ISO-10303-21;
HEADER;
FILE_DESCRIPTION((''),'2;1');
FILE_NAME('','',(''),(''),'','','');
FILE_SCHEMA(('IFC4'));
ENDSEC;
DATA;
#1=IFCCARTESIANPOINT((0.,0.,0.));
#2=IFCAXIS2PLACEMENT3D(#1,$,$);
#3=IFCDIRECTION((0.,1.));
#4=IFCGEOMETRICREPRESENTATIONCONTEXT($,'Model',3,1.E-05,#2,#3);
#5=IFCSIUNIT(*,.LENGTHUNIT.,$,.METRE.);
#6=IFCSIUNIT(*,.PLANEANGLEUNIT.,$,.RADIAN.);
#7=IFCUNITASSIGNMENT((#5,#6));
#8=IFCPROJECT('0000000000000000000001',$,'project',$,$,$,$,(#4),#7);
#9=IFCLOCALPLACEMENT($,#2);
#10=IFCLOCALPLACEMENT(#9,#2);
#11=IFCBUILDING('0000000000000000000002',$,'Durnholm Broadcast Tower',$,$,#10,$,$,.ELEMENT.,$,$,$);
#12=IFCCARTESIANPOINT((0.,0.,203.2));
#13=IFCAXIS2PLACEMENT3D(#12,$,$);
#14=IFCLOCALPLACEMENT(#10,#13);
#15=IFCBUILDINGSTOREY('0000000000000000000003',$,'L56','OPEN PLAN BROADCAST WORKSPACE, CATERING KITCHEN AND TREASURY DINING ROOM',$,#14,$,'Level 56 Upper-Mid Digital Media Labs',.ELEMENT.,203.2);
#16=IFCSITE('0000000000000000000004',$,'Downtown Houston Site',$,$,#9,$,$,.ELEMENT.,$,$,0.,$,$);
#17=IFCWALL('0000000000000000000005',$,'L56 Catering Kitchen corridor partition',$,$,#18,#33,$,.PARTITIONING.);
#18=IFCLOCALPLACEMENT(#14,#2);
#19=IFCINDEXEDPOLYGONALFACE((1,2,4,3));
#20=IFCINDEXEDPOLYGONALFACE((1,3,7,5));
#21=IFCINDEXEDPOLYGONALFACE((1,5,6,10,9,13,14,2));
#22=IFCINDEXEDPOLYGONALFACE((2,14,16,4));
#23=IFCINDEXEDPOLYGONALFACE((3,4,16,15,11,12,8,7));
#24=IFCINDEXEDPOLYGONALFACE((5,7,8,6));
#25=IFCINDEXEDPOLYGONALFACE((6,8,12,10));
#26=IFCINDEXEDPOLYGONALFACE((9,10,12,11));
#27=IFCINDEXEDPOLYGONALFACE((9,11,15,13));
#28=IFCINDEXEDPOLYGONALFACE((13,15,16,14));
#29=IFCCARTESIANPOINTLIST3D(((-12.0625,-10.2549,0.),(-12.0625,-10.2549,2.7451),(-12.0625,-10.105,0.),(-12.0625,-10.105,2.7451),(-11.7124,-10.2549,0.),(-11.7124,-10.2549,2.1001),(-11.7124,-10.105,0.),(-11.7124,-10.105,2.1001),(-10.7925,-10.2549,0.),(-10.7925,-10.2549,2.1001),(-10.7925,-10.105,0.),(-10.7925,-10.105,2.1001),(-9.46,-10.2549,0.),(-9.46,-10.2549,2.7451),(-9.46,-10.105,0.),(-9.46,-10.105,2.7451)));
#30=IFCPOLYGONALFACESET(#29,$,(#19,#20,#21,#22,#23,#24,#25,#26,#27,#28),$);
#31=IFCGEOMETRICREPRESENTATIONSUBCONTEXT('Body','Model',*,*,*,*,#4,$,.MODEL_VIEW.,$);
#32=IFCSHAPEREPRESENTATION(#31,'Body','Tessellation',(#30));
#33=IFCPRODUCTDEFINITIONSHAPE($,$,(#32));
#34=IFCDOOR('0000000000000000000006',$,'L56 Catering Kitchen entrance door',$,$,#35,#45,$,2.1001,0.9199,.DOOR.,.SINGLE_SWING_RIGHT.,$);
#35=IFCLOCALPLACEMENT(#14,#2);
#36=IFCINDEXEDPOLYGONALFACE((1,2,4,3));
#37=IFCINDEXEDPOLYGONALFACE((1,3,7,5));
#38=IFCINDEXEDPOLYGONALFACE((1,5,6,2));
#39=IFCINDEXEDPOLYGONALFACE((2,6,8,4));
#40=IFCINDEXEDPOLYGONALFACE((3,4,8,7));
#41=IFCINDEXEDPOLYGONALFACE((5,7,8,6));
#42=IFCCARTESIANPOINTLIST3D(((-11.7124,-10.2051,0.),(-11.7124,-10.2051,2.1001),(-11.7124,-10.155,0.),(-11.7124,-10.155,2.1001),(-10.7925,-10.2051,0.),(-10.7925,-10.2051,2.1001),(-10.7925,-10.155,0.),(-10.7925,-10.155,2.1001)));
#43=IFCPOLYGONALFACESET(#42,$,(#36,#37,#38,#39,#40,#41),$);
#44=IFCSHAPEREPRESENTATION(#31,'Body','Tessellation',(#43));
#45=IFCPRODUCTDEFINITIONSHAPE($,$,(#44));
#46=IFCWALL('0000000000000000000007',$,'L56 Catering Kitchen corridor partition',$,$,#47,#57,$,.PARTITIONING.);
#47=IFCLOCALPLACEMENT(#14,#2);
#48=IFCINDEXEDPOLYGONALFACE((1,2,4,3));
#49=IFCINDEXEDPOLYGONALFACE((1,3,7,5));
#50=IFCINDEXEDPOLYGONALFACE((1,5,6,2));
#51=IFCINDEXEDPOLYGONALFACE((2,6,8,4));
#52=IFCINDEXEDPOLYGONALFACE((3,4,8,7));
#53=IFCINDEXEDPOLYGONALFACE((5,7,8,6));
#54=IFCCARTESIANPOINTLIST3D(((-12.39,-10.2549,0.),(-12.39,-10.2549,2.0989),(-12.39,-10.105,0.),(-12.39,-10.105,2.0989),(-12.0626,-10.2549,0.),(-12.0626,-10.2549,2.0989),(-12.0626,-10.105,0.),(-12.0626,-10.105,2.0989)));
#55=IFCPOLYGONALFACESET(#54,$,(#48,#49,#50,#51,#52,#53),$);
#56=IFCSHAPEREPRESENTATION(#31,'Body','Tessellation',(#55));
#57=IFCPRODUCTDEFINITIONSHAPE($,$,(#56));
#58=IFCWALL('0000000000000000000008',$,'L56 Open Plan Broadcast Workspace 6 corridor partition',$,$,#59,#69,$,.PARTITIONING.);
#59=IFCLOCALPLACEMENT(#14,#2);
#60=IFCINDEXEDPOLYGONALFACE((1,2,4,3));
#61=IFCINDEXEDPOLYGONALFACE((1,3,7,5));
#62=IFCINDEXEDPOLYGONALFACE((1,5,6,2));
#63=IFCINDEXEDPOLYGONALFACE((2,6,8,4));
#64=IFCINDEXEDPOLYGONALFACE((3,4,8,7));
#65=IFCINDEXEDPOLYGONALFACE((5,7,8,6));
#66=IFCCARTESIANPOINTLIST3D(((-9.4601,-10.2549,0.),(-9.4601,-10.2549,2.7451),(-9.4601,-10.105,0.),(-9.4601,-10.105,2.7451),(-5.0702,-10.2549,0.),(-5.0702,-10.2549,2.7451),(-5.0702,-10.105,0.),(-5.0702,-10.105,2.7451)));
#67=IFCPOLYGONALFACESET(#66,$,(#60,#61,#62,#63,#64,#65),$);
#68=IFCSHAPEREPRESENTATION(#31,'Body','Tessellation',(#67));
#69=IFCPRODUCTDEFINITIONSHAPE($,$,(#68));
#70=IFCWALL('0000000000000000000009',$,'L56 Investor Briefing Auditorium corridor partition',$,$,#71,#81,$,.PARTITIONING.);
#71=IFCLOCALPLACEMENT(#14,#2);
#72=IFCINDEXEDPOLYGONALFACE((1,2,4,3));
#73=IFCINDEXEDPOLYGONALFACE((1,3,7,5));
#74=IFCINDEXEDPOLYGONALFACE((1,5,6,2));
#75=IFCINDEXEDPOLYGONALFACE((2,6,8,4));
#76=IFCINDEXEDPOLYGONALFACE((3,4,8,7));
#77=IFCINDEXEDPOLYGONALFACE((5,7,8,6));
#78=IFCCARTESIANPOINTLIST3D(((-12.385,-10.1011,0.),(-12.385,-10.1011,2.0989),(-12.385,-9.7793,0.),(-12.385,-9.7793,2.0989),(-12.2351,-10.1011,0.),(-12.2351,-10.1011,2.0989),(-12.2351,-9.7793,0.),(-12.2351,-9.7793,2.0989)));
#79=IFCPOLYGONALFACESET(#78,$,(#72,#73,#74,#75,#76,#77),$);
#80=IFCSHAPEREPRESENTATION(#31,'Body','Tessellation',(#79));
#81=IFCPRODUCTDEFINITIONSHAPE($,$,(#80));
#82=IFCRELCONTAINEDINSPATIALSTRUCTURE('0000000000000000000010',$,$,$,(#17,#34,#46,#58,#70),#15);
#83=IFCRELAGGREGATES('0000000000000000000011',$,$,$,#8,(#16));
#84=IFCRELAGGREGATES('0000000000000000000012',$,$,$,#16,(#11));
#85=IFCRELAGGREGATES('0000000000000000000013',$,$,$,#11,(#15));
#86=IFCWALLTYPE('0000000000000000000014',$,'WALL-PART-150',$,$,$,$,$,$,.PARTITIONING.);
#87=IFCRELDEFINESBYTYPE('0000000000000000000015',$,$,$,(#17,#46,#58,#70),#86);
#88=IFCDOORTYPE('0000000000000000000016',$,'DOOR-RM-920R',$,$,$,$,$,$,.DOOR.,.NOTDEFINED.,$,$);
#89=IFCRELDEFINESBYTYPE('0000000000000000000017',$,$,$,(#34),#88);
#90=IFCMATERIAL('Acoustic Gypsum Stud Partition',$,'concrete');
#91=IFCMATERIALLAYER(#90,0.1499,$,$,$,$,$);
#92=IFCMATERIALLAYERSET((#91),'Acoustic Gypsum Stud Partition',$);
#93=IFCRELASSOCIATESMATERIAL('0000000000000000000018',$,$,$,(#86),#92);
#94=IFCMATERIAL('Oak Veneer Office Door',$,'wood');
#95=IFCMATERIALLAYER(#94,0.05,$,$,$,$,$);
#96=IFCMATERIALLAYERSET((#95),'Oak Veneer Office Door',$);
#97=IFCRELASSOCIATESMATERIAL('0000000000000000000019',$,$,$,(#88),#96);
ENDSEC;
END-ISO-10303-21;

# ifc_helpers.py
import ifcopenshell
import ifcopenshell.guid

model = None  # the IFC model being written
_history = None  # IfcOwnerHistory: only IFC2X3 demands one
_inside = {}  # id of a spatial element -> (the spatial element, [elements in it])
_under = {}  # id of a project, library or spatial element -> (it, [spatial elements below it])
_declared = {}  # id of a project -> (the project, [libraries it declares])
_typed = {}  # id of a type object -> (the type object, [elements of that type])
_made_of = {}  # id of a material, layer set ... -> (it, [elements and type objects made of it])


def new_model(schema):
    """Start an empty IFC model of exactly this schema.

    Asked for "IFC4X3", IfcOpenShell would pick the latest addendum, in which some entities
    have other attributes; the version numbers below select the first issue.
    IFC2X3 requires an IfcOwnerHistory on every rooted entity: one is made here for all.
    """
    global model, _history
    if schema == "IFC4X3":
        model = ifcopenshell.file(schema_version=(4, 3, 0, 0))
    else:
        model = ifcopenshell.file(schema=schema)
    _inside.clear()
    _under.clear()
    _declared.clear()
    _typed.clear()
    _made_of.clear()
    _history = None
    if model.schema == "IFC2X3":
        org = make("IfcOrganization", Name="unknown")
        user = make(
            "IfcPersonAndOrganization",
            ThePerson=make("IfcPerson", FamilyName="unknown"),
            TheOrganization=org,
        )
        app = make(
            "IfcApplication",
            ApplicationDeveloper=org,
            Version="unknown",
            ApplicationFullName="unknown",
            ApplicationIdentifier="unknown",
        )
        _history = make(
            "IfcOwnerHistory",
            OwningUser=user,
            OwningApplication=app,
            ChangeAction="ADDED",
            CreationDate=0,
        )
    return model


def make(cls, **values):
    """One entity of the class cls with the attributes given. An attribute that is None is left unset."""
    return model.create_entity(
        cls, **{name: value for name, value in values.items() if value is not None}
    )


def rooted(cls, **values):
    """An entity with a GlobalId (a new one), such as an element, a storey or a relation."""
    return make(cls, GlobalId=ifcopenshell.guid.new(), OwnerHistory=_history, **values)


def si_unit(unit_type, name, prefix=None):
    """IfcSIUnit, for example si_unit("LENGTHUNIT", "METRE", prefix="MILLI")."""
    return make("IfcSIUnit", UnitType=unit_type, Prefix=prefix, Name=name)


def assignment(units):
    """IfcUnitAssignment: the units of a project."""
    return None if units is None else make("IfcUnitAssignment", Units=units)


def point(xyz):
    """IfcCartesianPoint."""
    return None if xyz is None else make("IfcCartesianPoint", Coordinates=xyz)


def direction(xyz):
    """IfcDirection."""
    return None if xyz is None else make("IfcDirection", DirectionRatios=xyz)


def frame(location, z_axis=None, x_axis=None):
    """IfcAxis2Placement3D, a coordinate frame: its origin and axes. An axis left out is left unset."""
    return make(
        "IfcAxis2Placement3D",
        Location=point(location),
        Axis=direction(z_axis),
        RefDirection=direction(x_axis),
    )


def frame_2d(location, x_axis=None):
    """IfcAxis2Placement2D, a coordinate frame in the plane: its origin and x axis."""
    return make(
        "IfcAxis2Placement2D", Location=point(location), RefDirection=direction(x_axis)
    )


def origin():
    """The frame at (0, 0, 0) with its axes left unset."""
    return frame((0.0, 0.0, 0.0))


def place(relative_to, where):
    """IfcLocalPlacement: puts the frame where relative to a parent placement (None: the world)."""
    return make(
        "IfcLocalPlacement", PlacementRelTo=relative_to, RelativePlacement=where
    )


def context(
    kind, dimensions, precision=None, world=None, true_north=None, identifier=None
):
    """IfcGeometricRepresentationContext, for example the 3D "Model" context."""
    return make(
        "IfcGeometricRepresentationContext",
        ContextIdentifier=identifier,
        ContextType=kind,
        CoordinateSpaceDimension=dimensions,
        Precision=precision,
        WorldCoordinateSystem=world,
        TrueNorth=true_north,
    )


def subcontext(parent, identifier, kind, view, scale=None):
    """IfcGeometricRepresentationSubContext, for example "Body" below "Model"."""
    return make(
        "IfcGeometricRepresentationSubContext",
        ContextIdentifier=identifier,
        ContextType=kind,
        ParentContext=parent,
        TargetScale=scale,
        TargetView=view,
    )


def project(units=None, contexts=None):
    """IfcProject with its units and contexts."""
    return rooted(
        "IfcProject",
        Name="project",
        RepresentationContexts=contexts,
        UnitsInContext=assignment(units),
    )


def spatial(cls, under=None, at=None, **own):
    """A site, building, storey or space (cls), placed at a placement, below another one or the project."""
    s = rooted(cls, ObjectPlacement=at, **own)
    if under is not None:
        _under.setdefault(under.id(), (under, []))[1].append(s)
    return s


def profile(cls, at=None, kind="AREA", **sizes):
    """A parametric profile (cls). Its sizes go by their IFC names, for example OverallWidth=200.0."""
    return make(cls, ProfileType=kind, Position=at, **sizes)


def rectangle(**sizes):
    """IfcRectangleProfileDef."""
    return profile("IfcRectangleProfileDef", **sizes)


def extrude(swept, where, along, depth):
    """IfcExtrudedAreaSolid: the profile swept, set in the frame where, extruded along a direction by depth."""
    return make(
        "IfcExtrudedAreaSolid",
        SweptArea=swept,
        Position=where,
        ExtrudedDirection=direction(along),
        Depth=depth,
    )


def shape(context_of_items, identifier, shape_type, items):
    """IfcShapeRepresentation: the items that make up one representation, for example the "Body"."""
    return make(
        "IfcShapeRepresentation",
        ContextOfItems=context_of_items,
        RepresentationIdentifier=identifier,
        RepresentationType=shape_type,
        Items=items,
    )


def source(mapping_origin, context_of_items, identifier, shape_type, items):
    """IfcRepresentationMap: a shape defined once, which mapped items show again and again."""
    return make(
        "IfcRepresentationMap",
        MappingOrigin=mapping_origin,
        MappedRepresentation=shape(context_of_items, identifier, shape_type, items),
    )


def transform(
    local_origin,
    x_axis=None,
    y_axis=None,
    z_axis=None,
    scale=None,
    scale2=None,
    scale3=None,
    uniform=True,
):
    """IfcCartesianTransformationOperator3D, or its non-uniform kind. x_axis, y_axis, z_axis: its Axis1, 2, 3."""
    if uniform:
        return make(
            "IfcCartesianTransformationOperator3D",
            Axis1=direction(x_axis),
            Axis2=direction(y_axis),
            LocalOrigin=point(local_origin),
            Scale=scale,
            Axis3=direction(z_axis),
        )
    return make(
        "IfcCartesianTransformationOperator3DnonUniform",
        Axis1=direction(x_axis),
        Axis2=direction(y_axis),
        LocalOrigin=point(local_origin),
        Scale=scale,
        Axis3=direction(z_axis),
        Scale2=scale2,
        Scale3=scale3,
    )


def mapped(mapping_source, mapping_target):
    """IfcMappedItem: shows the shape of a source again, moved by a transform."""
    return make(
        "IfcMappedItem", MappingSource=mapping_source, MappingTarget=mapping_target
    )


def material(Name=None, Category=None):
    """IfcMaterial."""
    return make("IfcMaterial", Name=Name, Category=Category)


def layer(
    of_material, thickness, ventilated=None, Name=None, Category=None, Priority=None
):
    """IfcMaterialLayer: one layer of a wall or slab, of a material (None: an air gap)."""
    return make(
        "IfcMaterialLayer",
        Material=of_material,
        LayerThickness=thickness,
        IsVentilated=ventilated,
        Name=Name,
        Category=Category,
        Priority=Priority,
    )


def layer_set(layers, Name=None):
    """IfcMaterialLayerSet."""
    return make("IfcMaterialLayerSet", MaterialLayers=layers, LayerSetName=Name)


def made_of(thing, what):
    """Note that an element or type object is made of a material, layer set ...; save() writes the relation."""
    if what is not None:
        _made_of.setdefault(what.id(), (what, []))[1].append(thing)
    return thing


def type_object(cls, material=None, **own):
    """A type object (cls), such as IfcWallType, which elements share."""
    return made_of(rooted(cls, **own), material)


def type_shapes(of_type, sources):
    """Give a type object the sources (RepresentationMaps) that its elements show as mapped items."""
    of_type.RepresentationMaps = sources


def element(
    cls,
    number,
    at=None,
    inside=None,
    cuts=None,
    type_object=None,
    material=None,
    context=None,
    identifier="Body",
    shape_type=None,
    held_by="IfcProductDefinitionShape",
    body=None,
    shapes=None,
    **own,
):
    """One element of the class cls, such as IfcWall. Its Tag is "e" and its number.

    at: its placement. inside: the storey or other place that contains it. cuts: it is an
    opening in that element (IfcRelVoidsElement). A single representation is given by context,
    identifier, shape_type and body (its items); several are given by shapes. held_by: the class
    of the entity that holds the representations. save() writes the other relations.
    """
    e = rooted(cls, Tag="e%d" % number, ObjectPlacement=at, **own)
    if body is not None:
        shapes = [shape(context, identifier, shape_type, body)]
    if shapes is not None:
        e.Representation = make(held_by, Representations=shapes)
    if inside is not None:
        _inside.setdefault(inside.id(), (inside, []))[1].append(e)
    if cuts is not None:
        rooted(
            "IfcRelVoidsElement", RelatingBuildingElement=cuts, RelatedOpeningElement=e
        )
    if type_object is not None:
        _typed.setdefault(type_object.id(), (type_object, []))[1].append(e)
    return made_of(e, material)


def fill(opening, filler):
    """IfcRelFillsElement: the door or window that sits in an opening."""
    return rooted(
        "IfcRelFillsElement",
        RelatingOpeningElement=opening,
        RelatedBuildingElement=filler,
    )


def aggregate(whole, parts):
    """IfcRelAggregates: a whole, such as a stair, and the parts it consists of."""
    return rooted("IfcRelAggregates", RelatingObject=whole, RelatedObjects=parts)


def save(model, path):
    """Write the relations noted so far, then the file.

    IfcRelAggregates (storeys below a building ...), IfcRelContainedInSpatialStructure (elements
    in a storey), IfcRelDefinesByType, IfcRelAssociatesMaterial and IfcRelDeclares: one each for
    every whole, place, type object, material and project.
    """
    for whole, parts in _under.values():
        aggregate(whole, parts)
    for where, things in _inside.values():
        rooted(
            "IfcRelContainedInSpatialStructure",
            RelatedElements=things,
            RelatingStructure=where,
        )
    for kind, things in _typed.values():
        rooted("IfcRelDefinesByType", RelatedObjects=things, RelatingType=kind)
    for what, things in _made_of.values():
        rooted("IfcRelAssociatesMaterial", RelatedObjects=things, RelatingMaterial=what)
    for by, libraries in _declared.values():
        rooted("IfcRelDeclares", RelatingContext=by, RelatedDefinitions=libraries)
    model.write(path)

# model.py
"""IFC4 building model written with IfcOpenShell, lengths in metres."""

from ifc_helpers import new_model, si_unit, direction, frame, frame_2d, origin, place, context, subcontext, project, spatial, rectangle, extrude, source, transform, mapped, material, layer, layer_set, type_object, type_shapes, element, fill, save


model = new_model("IFC4")

# Units and contexts
model_context = context("Model", 3, precision=1e-05, world=origin(), true_north=direction((0.0, 1.0)))
body_context = subcontext(model_context, "Body", "Model", "MODEL_VIEW")
ifc_project = project(units=[si_unit("LENGTHUNIT", "METRE"), si_unit("PLANEANGLEUNIT", "RADIAN")], contexts=[model_context])

# Site, building, storey
site_placement = place(None, origin())
site = spatial("IfcSite", under=ifc_project, at=site_placement, Name="Downtown Houston Site", CompositionType="ELEMENT", RefElevation=0.0)
building_placement = place(site_placement, origin())
building = spatial("IfcBuilding", under=site, at=building_placement, Name="Durnholm Broadcast Tower", CompositionType="ELEMENT")
storey_placement = place(building_placement, frame((0.0, 0.0, 203.2)))
storey = spatial("IfcBuildingStorey", under=building, at=storey_placement, Name="L56", Description="OPEN PLAN BROADCAST WORKSPACE, CATERING KITCHEN AND TREASURY DINING ROOM", LongName="Level 56 Upper-Mid Digital Media Labs", CompositionType="ELEMENT", Elevation=203.2)

# Wall, opening, door
ifc_material_1 = material(Name="Acoustic Gypsum Stud Partition", Category="concrete")
ifc_layer_1 = layer(ifc_material_1, 0.1499)
ifc_layer_set_1 = layer_set([ifc_layer_1], Name="Acoustic Gypsum Stud Partition")
wall_type_1 = type_object("IfcWallType", Name="WALL-PART-150", PredefinedType="PARTITIONING", material=ifc_layer_set_1)
wall_1_placement = place(storey_placement, frame((-12.0625, -10.1799, 0.0), z_axis=(0.0, 0.0, 1.0), x_axis=(1.0, 0.0, 0.0)))
wall_1 = element("IfcWall", 1, at=wall_1_placement, inside=storey, type_object=wall_type_1, Name="L56 Catering Kitchen corridor partition", PredefinedType="PARTITIONING", context=body_context, shape_type="SweptSolid", body=[
    extrude(rectangle(XDim=2.6025, YDim=0.1499, at=frame_2d((1.3013, 0.0))), origin(), (0.0, 0.0, 1.0), 2.7451),
])
opening_1_placement = place(wall_1_placement, frame((0.3501, 0.0, 0.0)))
opening_1 = element("IfcOpeningElement", 2, at=opening_1_placement, cuts=wall_1, PredefinedType="OPENING", context=body_context, shape_type="SweptSolid", body=[
    extrude(rectangle(XDim=0.9199, YDim=2.1001, at=frame_2d((0.46, 1.05))), frame((0.0, 0.085, 0.0), z_axis=(0.0, -1.0, 0.0), x_axis=(1.0, 0.0, 0.0)), (0.0, 0.0, 1.0), 0.1699),
])
ifc_material_2 = material(Name="Oak Veneer Office Door", Category="wood")
ifc_layer_2 = layer(ifc_material_2, 0.05)
ifc_layer_set_2 = layer_set([ifc_layer_2], Name="Oak Veneer Office Door")
door_type_1 = type_object("IfcDoorType", Name="DOOR-RM-920R", OperationType="NOTDEFINED", PredefinedType="DOOR", material=ifc_layer_set_2)
shared_shape_1 = source(origin(), body_context, "Body", "SweptSolid", [
    extrude(rectangle(XDim=0.9199, YDim=2.1001, at=frame_2d((0.46, 1.05))), frame((0.0, 0.0249, 0.0), z_axis=(0.0, -1.0, 0.0), x_axis=(1.0, 0.0, 0.0)), (0.0, 0.0, 1.0), 0.05),
])
type_shapes(door_type_1, [shared_shape_1])
door_1_placement = place(opening_1_placement, origin())
door_1 = element("IfcDoor", 3, at=door_1_placement, inside=storey, type_object=door_type_1, Name="L56 Catering Kitchen entrance door", OperationType="SINGLE_SWING_RIGHT", OverallHeight=2.1001, OverallWidth=0.9199, PredefinedType="DOOR", context=body_context, shape_type="MappedRepresentation", body=[
    mapped(shared_shape_1, transform((0.0, 0.0, 0.0), x_axis=(1.0, 0.0, 0.0), y_axis=(0.0, 1.0, 0.0), z_axis=(0.0, 0.0, 1.0), scale=1.0)),
])
fill(opening_1, door_1)

# Walls
wall_2_placement = place(storey_placement, frame((-12.3899, -10.1799, 0.0), z_axis=(0.0, 0.0, 1.0), x_axis=(1.0, 0.0, 0.0)))
element("IfcWall", 4, at=wall_2_placement, inside=storey, type_object=wall_type_1, Name="L56 Catering Kitchen corridor partition", PredefinedType="PARTITIONING", context=body_context, shape_type="SweptSolid", body=[
    extrude(rectangle(XDim=0.3274, YDim=0.1499, at=frame_2d((0.1636, 0.0))), origin(), (0.0, 0.0, 1.0), 2.0989),
])
wall_3_placement = place(storey_placement, frame((-9.46, -10.1799, 0.0), z_axis=(0.0, 0.0, 1.0), x_axis=(1.0, 0.0, 0.0)))
element("IfcWall", 5, at=wall_3_placement, inside=storey, type_object=wall_type_1, Name="L56 Open Plan Broadcast Workspace 6 corridor partition", PredefinedType="PARTITIONING", context=body_context, shape_type="SweptSolid", body=[
    extrude(rectangle(XDim=4.3899, YDim=0.1499, at=frame_2d((2.1948, 0.0))), origin(), (0.0, 0.0, 1.0), 2.7451),
])
wall_4_placement = place(storey_placement, frame((-12.3101, -9.7793, 0.0), z_axis=(0.0, 0.0, 1.0), x_axis=(0.0, -1.0, 0.0)))
element("IfcWall", 6, at=wall_4_placement, inside=storey, type_object=wall_type_1, Name="L56 Investor Briefing Auditorium corridor partition", PredefinedType="PARTITIONING", context=body_context, shape_type="SweptSolid", body=[
    extrude(rectangle(XDim=0.3218, YDim=0.1499, at=frame_2d((0.1609, 0.0))), origin(), (0.0, 0.0, 1.0), 2.0989),
])

save(model, "model.ifc")
